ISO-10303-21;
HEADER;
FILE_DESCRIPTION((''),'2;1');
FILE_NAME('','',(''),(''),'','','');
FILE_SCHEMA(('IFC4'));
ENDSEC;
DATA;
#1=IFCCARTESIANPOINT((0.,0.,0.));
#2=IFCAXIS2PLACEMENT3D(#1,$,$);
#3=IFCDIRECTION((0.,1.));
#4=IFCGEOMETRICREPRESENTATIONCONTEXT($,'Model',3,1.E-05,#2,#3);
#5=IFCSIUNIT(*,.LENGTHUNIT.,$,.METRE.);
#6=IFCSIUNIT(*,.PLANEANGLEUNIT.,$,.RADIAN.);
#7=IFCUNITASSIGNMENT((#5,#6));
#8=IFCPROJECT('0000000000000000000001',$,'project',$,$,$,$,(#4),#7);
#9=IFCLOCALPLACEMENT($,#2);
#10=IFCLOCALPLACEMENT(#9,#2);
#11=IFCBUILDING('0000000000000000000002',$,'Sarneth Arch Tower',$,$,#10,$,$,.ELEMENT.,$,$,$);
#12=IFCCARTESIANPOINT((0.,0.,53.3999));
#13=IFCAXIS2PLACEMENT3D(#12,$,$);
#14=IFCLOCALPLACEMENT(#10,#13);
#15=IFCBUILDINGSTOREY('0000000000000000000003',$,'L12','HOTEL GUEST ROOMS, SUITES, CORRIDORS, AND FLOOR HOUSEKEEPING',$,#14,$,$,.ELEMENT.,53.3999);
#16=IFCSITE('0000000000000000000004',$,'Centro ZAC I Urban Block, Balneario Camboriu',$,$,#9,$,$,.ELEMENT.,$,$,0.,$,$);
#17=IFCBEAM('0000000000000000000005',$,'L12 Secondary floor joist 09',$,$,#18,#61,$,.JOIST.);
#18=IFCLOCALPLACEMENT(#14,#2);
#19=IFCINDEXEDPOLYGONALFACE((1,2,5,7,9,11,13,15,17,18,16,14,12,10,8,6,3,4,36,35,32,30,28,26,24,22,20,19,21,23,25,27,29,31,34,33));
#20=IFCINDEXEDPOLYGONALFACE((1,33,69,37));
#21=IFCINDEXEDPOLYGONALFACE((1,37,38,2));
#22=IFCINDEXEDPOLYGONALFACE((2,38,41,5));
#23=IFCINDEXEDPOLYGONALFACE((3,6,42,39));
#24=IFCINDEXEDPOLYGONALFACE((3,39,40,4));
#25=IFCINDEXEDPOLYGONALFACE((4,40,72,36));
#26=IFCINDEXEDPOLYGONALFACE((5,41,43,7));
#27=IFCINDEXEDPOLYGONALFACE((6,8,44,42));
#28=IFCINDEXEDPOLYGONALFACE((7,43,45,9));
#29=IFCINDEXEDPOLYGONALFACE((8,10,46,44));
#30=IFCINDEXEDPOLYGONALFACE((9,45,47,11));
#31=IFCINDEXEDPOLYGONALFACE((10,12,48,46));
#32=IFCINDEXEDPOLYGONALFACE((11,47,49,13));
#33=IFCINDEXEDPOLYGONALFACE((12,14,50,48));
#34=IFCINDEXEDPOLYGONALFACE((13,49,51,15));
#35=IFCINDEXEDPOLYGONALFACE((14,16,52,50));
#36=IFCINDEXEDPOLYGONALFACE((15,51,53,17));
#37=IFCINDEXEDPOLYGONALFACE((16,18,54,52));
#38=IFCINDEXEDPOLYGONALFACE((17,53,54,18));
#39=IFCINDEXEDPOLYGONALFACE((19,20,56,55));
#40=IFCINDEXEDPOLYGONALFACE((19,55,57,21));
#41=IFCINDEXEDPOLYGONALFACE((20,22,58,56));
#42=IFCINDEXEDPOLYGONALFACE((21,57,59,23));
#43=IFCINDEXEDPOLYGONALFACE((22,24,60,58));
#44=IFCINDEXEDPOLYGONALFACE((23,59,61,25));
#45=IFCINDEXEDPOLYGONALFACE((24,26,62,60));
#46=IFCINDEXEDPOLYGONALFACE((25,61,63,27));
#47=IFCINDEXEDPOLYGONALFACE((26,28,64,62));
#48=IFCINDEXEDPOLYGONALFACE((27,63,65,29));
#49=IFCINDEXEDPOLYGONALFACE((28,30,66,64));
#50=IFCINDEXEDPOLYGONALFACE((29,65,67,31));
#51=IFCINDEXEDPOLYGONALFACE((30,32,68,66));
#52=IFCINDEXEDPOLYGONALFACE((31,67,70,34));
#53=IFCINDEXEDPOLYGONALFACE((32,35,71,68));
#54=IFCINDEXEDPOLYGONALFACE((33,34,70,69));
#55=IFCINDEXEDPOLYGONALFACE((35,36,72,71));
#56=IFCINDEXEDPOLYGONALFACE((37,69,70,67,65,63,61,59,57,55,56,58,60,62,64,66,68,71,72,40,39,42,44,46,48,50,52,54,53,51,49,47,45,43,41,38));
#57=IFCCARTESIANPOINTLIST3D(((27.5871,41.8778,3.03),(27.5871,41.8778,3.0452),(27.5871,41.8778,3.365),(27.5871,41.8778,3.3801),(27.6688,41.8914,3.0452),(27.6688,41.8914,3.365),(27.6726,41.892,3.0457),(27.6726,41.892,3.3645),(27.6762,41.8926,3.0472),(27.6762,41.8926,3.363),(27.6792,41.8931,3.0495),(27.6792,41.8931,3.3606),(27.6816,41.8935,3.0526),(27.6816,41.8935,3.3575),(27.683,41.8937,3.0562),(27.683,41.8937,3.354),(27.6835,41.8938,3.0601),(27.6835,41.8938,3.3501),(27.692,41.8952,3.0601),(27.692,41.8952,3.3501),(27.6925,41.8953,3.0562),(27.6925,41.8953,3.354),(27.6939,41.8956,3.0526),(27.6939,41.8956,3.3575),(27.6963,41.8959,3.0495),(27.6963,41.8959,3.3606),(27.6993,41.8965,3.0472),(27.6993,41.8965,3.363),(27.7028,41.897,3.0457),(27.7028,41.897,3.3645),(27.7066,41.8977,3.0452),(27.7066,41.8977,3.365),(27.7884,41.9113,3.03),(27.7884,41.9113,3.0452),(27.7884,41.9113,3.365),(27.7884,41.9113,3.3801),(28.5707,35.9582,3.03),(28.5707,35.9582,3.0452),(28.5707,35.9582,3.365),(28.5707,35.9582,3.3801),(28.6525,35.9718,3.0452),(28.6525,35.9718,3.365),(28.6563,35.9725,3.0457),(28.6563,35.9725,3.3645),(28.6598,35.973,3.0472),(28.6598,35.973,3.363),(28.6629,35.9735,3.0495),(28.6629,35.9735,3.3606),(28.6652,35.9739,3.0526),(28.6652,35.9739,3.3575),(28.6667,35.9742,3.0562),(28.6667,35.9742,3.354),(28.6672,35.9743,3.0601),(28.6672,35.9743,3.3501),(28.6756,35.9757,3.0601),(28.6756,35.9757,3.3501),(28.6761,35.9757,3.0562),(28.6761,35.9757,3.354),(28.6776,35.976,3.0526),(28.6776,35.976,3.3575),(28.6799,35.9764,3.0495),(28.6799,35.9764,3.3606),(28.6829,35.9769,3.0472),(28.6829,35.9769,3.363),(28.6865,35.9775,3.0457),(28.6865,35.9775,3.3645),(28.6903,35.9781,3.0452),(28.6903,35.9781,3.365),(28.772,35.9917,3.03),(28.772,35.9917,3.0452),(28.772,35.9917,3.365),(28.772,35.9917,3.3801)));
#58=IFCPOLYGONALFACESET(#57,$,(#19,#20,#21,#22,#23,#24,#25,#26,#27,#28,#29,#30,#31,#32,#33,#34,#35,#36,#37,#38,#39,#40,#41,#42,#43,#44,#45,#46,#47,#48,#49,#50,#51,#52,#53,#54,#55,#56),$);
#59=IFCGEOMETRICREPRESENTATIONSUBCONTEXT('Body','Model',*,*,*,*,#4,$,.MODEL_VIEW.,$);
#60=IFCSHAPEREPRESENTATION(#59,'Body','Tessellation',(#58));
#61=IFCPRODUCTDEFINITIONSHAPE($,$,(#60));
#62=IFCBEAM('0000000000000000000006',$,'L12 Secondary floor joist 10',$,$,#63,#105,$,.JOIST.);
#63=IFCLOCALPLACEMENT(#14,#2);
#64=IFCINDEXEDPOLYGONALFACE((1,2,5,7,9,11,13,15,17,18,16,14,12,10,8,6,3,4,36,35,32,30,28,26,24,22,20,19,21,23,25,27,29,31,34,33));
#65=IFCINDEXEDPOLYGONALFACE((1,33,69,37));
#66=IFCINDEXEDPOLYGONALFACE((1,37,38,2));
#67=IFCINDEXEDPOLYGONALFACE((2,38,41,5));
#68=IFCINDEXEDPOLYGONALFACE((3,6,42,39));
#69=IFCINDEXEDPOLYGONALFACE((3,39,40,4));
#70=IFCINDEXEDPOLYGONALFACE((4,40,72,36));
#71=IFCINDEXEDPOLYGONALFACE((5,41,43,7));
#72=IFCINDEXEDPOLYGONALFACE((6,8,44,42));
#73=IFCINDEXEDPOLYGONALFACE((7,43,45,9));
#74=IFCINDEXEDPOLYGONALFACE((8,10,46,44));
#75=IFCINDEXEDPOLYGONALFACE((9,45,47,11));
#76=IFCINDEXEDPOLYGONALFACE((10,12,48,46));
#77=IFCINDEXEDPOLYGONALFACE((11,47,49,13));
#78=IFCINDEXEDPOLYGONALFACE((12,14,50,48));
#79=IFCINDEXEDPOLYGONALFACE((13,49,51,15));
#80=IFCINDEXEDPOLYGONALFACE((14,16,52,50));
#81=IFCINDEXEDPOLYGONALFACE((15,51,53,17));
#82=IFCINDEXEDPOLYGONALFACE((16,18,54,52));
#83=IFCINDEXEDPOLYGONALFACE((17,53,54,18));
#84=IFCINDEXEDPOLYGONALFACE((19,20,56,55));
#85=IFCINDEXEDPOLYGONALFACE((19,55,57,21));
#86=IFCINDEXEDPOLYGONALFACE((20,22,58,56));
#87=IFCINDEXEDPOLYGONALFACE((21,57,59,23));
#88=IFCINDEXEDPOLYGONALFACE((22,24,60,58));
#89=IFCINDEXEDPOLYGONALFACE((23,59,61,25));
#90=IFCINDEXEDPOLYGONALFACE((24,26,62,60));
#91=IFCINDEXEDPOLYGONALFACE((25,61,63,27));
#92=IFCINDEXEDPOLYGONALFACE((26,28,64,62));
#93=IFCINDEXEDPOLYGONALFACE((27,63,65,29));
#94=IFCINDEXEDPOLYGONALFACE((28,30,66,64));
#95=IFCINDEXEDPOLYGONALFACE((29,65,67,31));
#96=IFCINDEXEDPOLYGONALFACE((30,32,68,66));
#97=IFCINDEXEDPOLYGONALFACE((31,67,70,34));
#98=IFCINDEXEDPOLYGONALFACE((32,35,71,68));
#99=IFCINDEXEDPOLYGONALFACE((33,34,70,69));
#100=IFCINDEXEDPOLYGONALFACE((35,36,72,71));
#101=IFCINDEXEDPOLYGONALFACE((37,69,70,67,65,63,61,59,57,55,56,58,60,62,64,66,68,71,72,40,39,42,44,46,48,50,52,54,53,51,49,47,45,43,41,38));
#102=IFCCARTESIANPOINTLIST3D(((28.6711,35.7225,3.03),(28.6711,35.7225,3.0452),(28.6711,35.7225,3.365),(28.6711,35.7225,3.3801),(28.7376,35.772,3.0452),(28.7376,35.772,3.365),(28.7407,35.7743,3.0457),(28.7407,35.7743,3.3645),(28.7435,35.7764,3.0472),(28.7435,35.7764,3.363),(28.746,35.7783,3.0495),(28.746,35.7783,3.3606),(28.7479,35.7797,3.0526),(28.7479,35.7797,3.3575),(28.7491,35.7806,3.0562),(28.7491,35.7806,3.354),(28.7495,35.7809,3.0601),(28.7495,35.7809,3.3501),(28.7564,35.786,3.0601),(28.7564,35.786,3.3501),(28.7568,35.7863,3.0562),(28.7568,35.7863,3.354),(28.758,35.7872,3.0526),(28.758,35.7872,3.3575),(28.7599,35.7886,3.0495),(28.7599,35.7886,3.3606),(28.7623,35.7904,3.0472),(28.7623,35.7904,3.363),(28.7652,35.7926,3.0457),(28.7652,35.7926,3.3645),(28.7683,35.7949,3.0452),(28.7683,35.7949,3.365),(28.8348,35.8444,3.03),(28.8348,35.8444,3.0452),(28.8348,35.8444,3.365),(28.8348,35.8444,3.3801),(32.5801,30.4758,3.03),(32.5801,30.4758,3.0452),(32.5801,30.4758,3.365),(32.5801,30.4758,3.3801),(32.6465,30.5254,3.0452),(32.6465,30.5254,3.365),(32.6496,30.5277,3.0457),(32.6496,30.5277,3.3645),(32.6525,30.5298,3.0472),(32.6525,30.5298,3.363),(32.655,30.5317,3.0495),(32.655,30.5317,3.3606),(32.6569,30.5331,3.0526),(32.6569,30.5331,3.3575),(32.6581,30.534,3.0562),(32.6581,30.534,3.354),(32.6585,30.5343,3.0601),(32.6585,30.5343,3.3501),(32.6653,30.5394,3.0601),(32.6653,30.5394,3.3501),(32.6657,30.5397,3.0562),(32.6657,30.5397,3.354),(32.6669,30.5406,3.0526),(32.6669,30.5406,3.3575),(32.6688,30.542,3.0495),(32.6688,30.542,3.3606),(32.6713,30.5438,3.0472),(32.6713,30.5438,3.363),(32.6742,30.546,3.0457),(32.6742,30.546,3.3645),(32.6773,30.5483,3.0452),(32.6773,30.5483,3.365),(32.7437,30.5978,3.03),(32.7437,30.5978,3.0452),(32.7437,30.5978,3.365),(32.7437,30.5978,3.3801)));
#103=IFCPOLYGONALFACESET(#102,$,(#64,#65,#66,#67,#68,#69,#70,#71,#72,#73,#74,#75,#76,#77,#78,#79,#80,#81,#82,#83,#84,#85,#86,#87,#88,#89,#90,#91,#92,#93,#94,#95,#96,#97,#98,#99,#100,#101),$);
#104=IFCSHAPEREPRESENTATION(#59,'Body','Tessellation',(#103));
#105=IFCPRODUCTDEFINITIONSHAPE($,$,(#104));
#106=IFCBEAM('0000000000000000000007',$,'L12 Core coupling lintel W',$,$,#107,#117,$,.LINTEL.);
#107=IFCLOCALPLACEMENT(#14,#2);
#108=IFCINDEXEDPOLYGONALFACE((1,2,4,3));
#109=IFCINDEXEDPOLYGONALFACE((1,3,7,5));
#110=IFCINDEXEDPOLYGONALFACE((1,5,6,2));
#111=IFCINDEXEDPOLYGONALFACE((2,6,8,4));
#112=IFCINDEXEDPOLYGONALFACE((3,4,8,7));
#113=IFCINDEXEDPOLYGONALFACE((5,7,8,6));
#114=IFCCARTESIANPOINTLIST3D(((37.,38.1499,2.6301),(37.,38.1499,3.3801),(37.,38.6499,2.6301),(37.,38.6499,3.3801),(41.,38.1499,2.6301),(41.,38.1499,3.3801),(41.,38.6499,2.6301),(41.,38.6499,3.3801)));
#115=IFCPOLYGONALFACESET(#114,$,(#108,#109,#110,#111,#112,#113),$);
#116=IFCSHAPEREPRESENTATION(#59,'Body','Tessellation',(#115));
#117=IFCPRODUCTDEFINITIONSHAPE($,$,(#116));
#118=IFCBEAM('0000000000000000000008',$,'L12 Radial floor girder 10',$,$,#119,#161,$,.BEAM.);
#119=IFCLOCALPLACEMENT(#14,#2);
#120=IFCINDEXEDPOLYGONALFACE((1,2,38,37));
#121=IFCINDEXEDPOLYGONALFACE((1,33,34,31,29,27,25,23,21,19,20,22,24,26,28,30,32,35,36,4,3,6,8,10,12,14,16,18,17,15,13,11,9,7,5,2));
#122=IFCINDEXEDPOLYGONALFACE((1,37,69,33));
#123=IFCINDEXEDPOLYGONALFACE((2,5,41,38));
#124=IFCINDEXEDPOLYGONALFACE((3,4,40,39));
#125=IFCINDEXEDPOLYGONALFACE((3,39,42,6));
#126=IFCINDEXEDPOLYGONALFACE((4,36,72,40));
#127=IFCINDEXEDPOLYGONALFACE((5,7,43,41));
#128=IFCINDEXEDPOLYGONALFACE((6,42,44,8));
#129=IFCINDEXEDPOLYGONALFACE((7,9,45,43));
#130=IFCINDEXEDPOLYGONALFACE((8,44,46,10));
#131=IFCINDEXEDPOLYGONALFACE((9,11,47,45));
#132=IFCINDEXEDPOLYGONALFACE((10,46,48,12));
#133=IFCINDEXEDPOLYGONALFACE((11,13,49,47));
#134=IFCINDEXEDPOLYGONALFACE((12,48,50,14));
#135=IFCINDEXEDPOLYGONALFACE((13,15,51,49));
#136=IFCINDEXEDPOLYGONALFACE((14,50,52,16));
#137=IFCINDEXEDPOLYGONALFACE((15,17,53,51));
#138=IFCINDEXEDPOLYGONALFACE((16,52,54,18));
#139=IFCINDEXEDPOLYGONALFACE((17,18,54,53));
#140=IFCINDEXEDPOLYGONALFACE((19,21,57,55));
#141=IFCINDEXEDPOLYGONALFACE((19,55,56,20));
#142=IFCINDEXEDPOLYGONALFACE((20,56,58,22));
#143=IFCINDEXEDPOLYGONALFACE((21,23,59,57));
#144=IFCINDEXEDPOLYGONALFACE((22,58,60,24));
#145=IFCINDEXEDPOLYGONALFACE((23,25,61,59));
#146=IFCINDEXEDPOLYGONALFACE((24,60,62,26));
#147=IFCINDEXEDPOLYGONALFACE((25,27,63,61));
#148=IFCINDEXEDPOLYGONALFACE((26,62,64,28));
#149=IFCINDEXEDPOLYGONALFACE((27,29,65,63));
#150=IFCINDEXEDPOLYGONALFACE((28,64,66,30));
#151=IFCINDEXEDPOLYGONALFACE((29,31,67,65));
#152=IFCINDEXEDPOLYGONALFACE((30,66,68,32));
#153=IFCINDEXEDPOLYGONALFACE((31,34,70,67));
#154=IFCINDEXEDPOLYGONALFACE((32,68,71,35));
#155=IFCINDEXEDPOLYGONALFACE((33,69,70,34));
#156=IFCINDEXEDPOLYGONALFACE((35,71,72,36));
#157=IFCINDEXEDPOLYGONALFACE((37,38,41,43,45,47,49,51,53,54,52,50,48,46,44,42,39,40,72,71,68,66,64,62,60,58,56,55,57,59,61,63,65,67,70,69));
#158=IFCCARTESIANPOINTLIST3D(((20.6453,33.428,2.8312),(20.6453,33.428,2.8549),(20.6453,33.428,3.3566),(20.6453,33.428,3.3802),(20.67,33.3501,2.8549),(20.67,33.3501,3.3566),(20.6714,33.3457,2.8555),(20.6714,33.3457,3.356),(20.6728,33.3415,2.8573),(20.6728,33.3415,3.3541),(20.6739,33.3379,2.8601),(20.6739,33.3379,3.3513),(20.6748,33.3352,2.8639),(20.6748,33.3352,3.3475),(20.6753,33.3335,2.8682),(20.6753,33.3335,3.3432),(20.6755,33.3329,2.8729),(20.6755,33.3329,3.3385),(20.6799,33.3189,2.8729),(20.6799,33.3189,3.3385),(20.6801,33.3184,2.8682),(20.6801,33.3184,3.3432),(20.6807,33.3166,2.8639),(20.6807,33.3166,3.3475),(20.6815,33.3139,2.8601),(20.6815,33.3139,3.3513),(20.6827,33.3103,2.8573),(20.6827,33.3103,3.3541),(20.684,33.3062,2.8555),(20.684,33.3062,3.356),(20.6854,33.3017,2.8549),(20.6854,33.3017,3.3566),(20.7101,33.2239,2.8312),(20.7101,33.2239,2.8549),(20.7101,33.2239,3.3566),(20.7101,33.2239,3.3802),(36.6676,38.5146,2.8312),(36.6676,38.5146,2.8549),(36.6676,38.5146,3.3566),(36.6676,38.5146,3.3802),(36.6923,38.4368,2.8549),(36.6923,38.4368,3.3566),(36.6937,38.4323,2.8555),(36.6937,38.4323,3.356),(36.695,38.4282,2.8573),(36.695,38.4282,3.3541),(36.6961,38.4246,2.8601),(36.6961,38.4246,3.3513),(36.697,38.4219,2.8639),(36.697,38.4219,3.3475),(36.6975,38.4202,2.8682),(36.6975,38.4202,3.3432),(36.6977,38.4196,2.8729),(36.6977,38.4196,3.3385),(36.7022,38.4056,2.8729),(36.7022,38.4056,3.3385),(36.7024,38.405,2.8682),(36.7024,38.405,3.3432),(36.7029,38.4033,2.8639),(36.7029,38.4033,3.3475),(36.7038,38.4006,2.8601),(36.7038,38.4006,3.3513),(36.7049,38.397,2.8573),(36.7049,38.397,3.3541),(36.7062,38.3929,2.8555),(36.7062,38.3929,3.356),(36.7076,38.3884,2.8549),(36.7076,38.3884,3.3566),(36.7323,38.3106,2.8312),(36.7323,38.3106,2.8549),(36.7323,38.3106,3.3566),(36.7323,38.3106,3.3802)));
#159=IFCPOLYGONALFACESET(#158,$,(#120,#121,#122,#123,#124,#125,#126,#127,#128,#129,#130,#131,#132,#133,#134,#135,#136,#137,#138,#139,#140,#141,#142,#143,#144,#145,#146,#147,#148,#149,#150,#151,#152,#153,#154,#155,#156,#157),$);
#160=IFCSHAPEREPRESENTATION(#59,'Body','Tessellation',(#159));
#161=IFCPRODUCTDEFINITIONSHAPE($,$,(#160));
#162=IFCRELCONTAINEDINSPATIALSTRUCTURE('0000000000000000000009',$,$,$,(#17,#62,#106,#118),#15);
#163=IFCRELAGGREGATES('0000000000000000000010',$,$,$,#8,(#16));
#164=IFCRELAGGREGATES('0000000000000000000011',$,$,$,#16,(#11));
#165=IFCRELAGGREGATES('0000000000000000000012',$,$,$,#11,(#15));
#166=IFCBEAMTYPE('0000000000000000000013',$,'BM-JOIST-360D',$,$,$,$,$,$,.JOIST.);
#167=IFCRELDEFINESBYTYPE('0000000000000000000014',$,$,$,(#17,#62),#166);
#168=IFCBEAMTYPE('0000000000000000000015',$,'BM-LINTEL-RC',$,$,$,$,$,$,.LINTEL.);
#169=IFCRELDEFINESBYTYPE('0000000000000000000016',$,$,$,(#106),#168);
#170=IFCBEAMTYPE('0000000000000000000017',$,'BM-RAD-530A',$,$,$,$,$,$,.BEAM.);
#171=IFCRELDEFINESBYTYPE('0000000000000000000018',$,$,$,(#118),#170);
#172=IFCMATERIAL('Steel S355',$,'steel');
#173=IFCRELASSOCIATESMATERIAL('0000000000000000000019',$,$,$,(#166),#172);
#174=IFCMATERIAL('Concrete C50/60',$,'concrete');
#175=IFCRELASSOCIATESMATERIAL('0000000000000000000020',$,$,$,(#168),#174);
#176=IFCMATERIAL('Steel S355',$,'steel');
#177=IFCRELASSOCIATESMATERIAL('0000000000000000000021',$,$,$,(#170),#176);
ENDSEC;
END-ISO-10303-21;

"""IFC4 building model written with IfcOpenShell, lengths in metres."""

from ifc_helpers import new_model, si_unit, direction, frame, origin, origin_2d, place, context, subcontext, project, spatial, rectangle, i_section, extrude, material, material_profile, profile_set, type_object, element, save


model = new_model("IFC4")

# Units and contexts
model_context = context("Model", 3, precision=1e-05, world=origin(), true_north=direction((0.0, 1.0)))
body_context = subcontext(model_context, "Body", "Model", "MODEL_VIEW")
ifc_project = project(units=[si_unit("LENGTHUNIT", "METRE"), si_unit("PLANEANGLEUNIT", "RADIAN")], contexts=[model_context])

# Site, building, storey
site_placement = place(None, origin())
site = spatial("IfcSite", under=ifc_project, at=site_placement, Name="Centro ZAC I Urban Block, Balneario Camboriu", CompositionType="ELEMENT", RefElevation=0.0)
building_placement = place(site_placement, origin())
building = spatial("IfcBuilding", under=site, at=building_placement, Name="Sarneth Arch Tower", CompositionType="ELEMENT")
storey_placement = place(building_placement, frame((0.0, 0.0, 53.3999)))
storey = spatial("IfcBuildingStorey", under=building, at=storey_placement, Name="L12", Description="HOTEL GUEST ROOMS, SUITES, CORRIDORS, AND FLOOR HOUSEKEEPING", CompositionType="ELEMENT", Elevation=53.3999)

# Beams
ifc_material_1 = material(Name="Steel S355", Category="steel")
ifc_material_profile_1 = material_profile(ifc_material_1, i_section(OverallWidth=0.2041, OverallDepth=0.3501, WebThickness=0.0085, FlangeThickness=0.0151, FilletRadius=0.0149, at=origin_2d()), Name="W360x72")
ifc_profile_set_1 = profile_set([ifc_material_profile_1], Name="Steel S355")
beam_type_1 = type_object("IfcBeamType", Name="BM-JOIST-360D", PredefinedType="JOIST", material=ifc_profile_set_1)
beam_1_placement = place(storey_placement, frame((27.6877, 41.8945, 3.2051), z_axis=(0.163917, -0.986474, 0.0), x_axis=(0.986474, 0.163917, 0.0)))
element("IfcBeam", 1, at=beam_1_placement, inside=storey, type_object=beam_type_1, Name="L12 Secondary floor joist 09", PredefinedType="JOIST", context=body_context, shape_type="SweptSolid", body=[
    extrude(i_section(OverallWidth=0.2041, OverallDepth=0.3501, WebThickness=0.0085, FlangeThickness=0.0151, FilletRadius=0.0149, at=origin_2d()), origin(), (0.0, 0.0, 1.0), 6.0007),
])
beam_2_placement = place(storey_placement, frame((28.7529, 35.7834, 3.2051), z_axis=(0.597454, -0.801904, 0.0), x_axis=(0.801904, 0.597454, 0.0)))
element("IfcBeam", 2, at=beam_2_placement, inside=storey, type_object=beam_type_1, Name="L12 Secondary floor joist 10", PredefinedType="JOIST", context=body_context, shape_type="SweptSolid", body=[
    extrude(i_section(OverallWidth=0.2041, OverallDepth=0.3501, WebThickness=0.0085, FlangeThickness=0.0151, FilletRadius=0.0149, at=origin_2d()), origin(), (0.0, 0.0, 1.0), 6.5427),
])
ifc_material_2 = material(Name="Concrete C50/60", Category="concrete")
ifc_material_profile_2 = material_profile(ifc_material_2, rectangle(XDim=0.5, YDim=0.75, at=origin_2d()), Name="RC-500x750")
ifc_profile_set_2 = profile_set([ifc_material_profile_2], Name="Concrete C50/60")
beam_type_2 = type_object("IfcBeamType", Name="BM-LINTEL-RC", PredefinedType="LINTEL", material=ifc_profile_set_2)
beam_3_placement = place(storey_placement, frame((37.0, 38.3999, 3.0051), z_axis=(1.0, 0.0, 0.0), x_axis=(0.0, 1.0, 0.0)))
element("IfcBeam", 3, at=beam_3_placement, inside=storey, type_object=beam_type_2, Name="L12 Core coupling lintel W", PredefinedType="LINTEL", context=body_context, shape_type="SweptSolid", body=[
    extrude(rectangle(XDim=0.5, YDim=0.75, at=origin_2d()), origin(), (0.0, 0.0, 1.0), 4.0),
])
ifc_material_3 = material(Name="Steel S355", Category="steel")
ifc_material_profile_3 = material_profile(ifc_material_3, i_section(OverallWidth=0.2141, OverallDepth=0.5491, WebThickness=0.0146, FlangeThickness=0.0237, FilletRadius=0.0181, at=origin_2d()), Name="W530x138")
ifc_profile_set_3 = profile_set([ifc_material_profile_3], Name="Steel S355")
beam_type_3 = type_object("IfcBeamType", Name="BM-RAD-530A", PredefinedType="BEAM", material=ifc_profile_set_3)
beam_4_placement = place(storey_placement, frame((36.7, 38.4126, 3.1057), z_axis=(-0.95312, -0.302593, 0.0), x_axis=(0.302593, -0.95312, 0.0)))
element("IfcBeam", 4, at=beam_4_placement, inside=storey, type_object=beam_type_3, Name="L12 Radial floor girder 10", PredefinedType="BEAM", context=body_context, shape_type="SweptSolid", body=[
    extrude(i_section(OverallWidth=0.2141, OverallDepth=0.5491, WebThickness=0.0146, FlangeThickness=0.0237, FilletRadius=0.0181, at=origin_2d()), origin(), (0.0, 0.0, 1.0), 16.8103),
])

save(model, "model.ifc")
